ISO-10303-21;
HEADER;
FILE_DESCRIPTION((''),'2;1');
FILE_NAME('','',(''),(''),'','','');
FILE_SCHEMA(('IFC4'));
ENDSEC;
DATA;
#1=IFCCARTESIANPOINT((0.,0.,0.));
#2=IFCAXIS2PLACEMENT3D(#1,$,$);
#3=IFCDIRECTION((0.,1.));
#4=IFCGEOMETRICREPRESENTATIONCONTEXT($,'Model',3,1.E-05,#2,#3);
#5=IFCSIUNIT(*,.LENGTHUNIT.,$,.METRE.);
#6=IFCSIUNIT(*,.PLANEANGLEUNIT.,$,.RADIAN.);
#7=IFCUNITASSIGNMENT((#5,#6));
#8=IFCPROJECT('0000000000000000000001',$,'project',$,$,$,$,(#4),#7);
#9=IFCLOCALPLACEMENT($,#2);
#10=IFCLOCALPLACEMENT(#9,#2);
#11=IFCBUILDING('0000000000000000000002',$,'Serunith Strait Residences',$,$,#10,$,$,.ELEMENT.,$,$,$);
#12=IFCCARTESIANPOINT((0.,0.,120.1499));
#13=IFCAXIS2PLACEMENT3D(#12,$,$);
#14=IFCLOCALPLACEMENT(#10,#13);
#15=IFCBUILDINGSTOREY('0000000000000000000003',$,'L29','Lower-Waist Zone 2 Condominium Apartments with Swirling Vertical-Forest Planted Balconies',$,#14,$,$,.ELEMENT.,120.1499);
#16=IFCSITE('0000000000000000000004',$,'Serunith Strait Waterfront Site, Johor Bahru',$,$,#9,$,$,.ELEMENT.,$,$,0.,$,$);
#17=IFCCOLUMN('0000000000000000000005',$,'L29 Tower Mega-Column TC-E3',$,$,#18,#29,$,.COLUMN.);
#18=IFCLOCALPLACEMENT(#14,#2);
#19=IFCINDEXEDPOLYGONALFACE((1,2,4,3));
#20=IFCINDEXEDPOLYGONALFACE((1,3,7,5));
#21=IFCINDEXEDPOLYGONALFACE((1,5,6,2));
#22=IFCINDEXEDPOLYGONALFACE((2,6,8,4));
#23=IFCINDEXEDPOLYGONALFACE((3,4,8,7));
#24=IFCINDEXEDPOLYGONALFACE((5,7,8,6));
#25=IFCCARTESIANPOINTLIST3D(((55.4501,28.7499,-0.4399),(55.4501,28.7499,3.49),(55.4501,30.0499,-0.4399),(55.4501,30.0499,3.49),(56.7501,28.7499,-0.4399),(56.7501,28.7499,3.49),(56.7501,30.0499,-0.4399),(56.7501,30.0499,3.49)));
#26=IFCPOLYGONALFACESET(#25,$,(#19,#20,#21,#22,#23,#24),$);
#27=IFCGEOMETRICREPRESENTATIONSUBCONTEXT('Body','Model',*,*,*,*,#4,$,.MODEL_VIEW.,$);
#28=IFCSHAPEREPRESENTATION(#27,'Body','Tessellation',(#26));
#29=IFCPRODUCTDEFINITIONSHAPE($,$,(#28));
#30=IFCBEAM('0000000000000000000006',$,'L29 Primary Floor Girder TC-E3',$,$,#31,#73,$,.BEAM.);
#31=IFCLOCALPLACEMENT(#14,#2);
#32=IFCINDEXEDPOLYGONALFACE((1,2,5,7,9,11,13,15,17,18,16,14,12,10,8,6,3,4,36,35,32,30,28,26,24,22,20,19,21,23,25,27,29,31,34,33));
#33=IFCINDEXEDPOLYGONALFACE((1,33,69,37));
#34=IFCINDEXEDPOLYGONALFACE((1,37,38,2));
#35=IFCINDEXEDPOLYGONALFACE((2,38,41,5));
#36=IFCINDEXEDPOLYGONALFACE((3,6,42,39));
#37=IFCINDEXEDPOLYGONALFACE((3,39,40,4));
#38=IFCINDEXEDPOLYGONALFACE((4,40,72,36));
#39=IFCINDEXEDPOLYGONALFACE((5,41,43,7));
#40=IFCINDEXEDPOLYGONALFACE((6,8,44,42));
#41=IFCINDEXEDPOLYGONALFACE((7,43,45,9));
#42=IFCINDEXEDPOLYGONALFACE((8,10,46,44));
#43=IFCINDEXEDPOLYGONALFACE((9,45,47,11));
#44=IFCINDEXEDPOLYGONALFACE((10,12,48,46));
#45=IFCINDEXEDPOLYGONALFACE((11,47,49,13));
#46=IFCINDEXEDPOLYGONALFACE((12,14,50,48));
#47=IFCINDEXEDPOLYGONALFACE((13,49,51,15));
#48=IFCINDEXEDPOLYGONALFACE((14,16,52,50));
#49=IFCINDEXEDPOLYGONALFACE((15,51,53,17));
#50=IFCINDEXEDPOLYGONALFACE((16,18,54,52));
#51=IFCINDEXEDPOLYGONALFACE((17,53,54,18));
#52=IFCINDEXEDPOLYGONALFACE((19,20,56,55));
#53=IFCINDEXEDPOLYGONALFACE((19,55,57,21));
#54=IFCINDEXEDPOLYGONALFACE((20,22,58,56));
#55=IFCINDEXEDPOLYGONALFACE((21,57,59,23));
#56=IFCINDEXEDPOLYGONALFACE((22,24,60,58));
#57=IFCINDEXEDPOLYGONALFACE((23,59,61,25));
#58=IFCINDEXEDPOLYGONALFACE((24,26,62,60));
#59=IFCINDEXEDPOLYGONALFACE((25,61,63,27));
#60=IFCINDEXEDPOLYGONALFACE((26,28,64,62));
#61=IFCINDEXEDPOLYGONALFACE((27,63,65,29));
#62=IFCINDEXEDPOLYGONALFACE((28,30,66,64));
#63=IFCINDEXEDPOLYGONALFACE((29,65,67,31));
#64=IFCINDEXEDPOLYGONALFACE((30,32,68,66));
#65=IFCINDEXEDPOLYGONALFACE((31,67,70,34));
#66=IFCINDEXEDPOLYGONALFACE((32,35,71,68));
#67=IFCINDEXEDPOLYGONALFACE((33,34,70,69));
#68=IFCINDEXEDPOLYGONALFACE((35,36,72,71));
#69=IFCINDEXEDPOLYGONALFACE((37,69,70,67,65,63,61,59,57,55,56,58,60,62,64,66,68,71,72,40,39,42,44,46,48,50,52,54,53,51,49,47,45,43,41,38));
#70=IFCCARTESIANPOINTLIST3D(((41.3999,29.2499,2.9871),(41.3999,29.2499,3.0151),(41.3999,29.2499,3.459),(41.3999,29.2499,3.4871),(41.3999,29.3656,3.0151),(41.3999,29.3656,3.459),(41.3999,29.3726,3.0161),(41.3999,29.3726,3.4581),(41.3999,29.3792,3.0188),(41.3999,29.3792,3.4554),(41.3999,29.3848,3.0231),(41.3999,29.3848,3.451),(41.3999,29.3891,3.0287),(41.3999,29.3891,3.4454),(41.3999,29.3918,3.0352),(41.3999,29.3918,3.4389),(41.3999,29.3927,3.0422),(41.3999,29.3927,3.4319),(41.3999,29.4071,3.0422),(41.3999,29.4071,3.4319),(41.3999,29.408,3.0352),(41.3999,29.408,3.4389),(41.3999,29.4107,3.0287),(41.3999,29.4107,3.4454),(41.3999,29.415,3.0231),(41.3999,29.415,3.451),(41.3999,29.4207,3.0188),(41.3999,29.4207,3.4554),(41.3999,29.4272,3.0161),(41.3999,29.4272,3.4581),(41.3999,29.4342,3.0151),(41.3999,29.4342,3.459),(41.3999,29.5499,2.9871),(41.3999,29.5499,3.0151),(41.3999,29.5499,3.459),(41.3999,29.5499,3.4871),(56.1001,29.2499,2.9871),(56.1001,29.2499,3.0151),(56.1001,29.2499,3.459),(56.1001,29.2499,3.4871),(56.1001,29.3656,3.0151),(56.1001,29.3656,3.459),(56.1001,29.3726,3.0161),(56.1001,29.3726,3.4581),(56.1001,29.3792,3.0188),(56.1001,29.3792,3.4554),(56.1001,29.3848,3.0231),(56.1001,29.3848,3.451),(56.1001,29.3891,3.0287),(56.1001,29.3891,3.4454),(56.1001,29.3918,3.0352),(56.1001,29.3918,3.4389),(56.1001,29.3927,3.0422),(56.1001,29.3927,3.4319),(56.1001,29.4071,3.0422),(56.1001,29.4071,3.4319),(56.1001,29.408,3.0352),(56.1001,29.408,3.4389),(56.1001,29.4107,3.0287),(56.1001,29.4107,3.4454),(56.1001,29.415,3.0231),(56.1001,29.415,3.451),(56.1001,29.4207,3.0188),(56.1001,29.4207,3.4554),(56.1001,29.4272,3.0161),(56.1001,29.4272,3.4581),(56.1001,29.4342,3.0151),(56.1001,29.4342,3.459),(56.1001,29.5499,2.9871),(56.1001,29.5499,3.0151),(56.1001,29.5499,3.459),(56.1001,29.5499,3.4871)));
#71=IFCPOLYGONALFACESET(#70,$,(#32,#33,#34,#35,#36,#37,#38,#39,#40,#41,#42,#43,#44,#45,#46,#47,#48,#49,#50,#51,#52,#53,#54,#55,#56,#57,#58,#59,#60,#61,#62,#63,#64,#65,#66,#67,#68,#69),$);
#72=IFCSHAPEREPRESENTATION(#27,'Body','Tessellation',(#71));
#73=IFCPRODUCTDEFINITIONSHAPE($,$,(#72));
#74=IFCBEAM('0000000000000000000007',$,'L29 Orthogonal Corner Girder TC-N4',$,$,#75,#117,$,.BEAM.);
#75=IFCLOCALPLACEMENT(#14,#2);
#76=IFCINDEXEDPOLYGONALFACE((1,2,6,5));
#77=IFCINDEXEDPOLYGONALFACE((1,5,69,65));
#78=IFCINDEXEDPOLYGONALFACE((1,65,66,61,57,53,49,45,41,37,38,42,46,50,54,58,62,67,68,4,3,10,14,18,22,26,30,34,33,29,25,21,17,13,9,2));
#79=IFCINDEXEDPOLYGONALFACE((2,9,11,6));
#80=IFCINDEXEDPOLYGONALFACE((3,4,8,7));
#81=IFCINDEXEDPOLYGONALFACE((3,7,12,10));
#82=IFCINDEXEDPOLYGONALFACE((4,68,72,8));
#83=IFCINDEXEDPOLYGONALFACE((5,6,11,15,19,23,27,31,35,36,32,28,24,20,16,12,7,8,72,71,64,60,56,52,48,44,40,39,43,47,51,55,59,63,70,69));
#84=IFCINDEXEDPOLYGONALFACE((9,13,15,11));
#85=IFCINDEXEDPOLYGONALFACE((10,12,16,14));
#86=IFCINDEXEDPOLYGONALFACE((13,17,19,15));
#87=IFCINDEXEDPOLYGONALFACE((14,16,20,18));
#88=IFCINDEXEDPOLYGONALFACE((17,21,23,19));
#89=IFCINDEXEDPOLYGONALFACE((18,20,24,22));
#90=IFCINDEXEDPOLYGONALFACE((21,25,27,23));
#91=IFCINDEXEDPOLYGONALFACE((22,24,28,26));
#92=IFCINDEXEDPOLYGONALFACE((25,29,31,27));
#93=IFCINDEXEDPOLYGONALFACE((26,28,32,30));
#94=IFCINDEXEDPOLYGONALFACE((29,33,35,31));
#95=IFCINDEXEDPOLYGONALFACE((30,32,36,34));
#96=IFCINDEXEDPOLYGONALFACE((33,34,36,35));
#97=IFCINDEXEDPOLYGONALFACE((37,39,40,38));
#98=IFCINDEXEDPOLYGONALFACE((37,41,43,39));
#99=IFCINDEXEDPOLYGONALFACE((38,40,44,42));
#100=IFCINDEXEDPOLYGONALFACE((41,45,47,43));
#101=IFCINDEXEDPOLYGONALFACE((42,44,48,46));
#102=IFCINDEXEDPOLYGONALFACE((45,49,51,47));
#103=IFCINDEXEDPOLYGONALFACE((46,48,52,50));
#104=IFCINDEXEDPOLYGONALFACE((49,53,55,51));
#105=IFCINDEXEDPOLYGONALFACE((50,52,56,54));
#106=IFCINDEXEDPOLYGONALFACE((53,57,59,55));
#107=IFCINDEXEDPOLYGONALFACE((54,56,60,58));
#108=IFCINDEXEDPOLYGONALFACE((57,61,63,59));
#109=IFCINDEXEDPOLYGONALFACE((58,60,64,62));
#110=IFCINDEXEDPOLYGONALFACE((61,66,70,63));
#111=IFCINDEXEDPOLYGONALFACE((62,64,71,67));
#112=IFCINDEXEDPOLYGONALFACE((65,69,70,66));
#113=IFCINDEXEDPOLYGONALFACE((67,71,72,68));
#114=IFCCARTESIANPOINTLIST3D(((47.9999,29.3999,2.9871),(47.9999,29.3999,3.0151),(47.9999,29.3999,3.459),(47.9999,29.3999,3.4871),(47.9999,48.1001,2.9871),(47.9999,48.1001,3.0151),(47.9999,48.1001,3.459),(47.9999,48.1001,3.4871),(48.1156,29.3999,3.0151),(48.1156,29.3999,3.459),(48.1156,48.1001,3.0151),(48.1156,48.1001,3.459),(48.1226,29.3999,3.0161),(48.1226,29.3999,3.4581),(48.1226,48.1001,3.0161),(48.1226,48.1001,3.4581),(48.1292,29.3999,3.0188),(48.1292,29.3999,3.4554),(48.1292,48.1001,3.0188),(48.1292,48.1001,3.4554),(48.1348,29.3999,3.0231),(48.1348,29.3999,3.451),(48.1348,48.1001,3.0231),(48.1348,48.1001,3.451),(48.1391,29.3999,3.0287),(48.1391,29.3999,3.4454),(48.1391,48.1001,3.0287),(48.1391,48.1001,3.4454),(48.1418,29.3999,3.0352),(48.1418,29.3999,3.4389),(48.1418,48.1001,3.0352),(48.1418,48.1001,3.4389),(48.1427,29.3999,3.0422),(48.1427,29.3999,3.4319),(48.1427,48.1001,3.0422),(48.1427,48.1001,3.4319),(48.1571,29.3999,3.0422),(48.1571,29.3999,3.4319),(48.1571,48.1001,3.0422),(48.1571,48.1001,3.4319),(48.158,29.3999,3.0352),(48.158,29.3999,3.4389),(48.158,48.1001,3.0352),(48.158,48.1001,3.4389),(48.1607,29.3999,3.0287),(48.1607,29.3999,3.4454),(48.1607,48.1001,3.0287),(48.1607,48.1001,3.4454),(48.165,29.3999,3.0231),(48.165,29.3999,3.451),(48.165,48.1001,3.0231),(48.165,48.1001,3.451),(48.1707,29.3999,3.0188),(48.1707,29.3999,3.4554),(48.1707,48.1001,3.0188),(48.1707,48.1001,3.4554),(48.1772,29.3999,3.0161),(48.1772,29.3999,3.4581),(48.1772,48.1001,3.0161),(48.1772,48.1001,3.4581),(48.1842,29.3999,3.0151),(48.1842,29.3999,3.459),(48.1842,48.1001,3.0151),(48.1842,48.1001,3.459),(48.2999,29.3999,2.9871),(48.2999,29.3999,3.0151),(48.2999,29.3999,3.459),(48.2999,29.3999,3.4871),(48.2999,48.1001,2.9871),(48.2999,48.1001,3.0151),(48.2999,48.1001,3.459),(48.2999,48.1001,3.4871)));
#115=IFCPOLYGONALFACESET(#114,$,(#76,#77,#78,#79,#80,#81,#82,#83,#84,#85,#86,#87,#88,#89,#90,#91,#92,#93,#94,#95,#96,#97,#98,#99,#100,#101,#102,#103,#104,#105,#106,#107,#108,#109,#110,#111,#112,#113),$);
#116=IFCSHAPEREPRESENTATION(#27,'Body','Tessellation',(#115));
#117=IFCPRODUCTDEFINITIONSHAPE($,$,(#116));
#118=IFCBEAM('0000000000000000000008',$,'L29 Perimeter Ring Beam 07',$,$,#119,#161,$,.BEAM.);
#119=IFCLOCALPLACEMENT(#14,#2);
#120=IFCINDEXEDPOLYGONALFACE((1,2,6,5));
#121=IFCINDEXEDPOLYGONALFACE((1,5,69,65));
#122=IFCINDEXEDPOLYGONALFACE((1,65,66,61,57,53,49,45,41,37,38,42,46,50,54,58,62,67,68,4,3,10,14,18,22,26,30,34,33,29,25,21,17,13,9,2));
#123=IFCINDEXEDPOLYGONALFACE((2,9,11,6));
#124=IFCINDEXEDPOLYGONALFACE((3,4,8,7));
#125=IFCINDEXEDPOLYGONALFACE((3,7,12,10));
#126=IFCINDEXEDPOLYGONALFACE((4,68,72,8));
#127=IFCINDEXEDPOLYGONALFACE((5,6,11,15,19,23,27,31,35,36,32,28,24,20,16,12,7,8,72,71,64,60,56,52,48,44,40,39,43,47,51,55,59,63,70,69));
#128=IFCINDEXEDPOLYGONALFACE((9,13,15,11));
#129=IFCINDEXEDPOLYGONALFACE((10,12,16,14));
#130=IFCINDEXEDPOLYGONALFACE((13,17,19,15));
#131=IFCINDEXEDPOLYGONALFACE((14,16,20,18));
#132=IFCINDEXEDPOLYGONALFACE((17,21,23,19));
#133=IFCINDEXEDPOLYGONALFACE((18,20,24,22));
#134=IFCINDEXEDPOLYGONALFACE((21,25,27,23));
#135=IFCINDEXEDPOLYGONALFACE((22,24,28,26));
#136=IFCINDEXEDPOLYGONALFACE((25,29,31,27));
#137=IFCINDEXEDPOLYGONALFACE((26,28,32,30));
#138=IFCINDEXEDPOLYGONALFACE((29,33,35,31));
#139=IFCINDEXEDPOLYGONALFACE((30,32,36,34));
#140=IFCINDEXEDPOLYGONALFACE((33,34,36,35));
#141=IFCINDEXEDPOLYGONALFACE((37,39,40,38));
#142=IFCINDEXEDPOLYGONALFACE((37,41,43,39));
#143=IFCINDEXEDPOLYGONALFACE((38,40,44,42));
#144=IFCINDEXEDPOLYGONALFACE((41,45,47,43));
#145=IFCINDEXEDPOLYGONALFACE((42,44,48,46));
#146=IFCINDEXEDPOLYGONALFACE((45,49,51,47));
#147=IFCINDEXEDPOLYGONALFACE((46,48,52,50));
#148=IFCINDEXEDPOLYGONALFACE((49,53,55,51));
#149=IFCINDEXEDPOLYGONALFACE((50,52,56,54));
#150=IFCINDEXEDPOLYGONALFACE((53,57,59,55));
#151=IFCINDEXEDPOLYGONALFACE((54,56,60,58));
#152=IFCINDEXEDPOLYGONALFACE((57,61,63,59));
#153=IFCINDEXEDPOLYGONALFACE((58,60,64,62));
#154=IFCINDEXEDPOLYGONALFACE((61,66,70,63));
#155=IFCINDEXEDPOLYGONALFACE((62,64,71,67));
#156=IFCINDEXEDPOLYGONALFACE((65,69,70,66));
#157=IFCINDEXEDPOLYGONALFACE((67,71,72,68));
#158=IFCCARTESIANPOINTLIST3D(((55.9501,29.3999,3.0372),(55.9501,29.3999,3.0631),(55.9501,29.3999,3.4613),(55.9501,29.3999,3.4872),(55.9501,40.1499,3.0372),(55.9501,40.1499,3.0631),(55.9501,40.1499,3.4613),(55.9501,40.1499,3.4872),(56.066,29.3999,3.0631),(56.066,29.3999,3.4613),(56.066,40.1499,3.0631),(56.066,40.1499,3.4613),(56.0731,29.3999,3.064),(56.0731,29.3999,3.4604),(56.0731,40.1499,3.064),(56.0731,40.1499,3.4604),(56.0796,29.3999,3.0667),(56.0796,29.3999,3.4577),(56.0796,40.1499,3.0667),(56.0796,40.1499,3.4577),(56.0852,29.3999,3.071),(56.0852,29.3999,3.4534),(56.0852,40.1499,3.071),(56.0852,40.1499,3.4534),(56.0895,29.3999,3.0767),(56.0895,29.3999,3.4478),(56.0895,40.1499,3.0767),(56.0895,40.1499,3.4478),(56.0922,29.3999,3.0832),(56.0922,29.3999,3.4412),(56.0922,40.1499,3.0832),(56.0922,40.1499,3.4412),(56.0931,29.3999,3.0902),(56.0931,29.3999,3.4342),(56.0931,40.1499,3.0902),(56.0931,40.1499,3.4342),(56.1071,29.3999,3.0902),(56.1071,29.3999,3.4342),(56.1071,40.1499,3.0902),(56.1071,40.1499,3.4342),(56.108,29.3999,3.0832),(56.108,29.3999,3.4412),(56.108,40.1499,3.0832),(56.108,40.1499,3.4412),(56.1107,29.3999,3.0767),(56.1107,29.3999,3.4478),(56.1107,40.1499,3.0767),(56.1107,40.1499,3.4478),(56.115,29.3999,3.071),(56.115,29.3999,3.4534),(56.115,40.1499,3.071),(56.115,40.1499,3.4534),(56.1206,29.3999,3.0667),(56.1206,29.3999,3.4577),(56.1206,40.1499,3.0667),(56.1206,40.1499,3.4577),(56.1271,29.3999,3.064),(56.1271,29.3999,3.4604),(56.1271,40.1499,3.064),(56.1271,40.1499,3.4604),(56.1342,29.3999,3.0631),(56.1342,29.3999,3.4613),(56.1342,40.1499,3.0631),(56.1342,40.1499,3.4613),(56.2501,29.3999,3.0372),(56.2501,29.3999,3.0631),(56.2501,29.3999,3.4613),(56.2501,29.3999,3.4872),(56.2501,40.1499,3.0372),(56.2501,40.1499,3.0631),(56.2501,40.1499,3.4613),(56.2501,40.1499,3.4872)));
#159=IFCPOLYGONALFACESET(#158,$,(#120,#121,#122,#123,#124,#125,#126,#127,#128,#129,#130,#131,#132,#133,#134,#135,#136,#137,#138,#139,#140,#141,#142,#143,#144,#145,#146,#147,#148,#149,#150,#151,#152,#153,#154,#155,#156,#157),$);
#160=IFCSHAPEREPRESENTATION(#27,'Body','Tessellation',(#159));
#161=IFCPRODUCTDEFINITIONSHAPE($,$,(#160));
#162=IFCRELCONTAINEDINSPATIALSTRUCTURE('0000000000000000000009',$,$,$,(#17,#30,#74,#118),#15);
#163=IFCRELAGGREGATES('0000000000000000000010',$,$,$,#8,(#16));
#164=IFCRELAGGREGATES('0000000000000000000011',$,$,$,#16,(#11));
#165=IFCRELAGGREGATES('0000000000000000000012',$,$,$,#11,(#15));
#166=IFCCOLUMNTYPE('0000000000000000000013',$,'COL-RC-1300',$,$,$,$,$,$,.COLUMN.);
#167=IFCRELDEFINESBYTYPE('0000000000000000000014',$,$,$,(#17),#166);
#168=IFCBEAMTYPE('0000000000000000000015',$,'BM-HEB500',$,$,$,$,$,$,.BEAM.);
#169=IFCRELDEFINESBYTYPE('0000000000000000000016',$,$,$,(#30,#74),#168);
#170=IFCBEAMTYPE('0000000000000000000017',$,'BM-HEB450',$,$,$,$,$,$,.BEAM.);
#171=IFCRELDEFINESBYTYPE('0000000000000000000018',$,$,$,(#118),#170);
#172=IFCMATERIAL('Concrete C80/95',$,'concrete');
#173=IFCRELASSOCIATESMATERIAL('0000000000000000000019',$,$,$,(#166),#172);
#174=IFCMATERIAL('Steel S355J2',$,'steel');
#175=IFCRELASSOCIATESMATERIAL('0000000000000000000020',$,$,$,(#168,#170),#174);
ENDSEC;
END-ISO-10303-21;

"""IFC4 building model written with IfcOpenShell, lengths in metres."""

from ifc_helpers import new_model, si_unit, direction, frame, origin, origin_2d, place, context, subcontext, project, spatial, rectangle, i_section, extrude, source, transform, mapped, material, material_profile, profile_set, type_object, element, save


model = new_model("IFC4")

# Units and contexts
model_context = context("Model", 3, precision=1e-05, world=origin(), true_north=direction((0.0, 1.0)))
body_context = subcontext(model_context, "Body", "Model", "MODEL_VIEW")
ifc_project = project(units=[si_unit("LENGTHUNIT", "METRE"), si_unit("PLANEANGLEUNIT", "RADIAN")], contexts=[model_context])

# Site, building, storey
site_placement = place(None, origin())
site = spatial("IfcSite", under=ifc_project, at=site_placement, Name="Serunith Strait Waterfront Site, Johor Bahru", CompositionType="ELEMENT", RefElevation=0.0)
building_placement = place(site_placement, origin())
building = spatial("IfcBuilding", under=site, at=building_placement, Name="Serunith Strait Residences", CompositionType="ELEMENT")
storey_placement = place(building_placement, frame((0.0, 0.0, 120.1499)))
storey = spatial("IfcBuildingStorey", under=building, at=storey_placement, Name="L29", Description="Lower-Waist Zone 2 Condominium Apartments with Swirling Vertical-Forest Planted Balconies", CompositionType="ELEMENT", Elevation=120.1499)

# Column
ifc_material_1 = material(Name="Concrete C80/95", Category="concrete")
ifc_material_profile_1 = material_profile(ifc_material_1, rectangle(XDim=1.3, YDim=1.3, at=origin_2d()), Name="RC 1300x1300")
ifc_profile_set_1 = profile_set([ifc_material_profile_1], Name="Concrete C80/95")
column_type = type_object("IfcColumnType", Name="COL-RC-1300", PredefinedType="COLUMN", material=ifc_profile_set_1)
shared_shape_1 = source(origin(), body_context, "Body", "SweptSolid", [
    extrude(rectangle(XDim=1.3, YDim=1.3, at=origin_2d()), origin(), (0.0, 0.0, 1.0), 3.9299),
])
column_placement = place(storey_placement, frame((56.1001, 29.3999, -0.4399), z_axis=(0.0, 0.0, 1.0), x_axis=(1.0, 0.0, 0.0)))
element("IfcColumn", 1, at=column_placement, inside=storey, type_object=column_type, Name="L29 Tower Mega-Column TC-E3", PredefinedType="COLUMN", context=body_context, shape_type="MappedRepresentation", body=[
    mapped(shared_shape_1, transform((0.0, 0.0, 0.0), scale=1.0)),
])

# Beams
ifc_material_2 = material(Name="Steel S355J2", Category="steel")
ifc_material_profile_2 = material_profile(ifc_material_2, i_section(OverallWidth=0.3, OverallDepth=0.5, WebThickness=0.0144, FlangeThickness=0.0281, FilletRadius=0.0271, at=origin_2d()), Name="HEB 500")
ifc_profile_set_2 = profile_set([ifc_material_profile_2], Name="Steel S355J2")
beam_type_1 = type_object("IfcBeamType", Name="BM-HEB500", PredefinedType="BEAM", material=ifc_profile_set_2)
shared_shape_2 = source(origin(), body_context, "Body", "SweptSolid", [
    extrude(i_section(OverallWidth=0.3, OverallDepth=0.5, WebThickness=0.0144, FlangeThickness=0.0281, FilletRadius=0.0271, at=origin_2d()), origin(), (0.0, 0.0, 1.0), 14.7002),
])
beam_1_placement = place(storey_placement, frame((41.3999, 29.3999, 3.2371), z_axis=(1.0, 0.0, 0.0), x_axis=(0.0, 1.0, 0.0)))
element("IfcBeam", 2, at=beam_1_placement, inside=storey, type_object=beam_type_1, Name="L29 Primary Floor Girder TC-E3", PredefinedType="BEAM", context=body_context, shape_type="MappedRepresentation", body=[
    mapped(shared_shape_2, transform((0.0, 0.0, 0.0), scale=1.0)),
])
shared_shape_3 = source(origin(), body_context, "Body", "SweptSolid", [
    extrude(i_section(OverallWidth=0.3, OverallDepth=0.5, WebThickness=0.0144, FlangeThickness=0.0281, FilletRadius=0.0271, at=origin_2d()), origin(), (0.0, 0.0, 1.0), 18.7002),
])
beam_2_placement = place(storey_placement, frame((48.1499, 29.3999, 3.2371), z_axis=(0.0, 1.0, 0.0), x_axis=(-1.0, 0.0, 0.0)))
element("IfcBeam", 3, at=beam_2_placement, inside=storey, type_object=beam_type_1, Name="L29 Orthogonal Corner Girder TC-N4", PredefinedType="BEAM", context=body_context, shape_type="MappedRepresentation", body=[
    mapped(shared_shape_3, transform((0.0, 0.0, 0.0), scale=1.0)),
])
ifc_material_profile_3 = material_profile(ifc_material_2, i_section(OverallWidth=0.3, OverallDepth=0.45, WebThickness=0.0139, FlangeThickness=0.0259, FilletRadius=0.0271, at=origin_2d()), Name="HEB 450")
ifc_profile_set_3 = profile_set([ifc_material_profile_3], Name="Steel S355J2")
beam_type_2 = type_object("IfcBeamType", Name="BM-HEB450", PredefinedType="BEAM", material=ifc_profile_set_3)
shared_shape_4 = source(origin(), body_context, "Body", "SweptSolid", [
    extrude(i_section(OverallWidth=0.3, OverallDepth=0.45, WebThickness=0.0139, FlangeThickness=0.0259, FilletRadius=0.0271, at=origin_2d()), origin(), (0.0, 0.0, 1.0), 10.75),
])
beam_3_placement = place(storey_placement, frame((56.1001, 29.3999, 3.2622), z_axis=(0.0, 1.0, 0.0), x_axis=(-1.0, 0.0, 0.0)))
element("IfcBeam", 4, at=beam_3_placement, inside=storey, type_object=beam_type_2, Name="L29 Perimeter Ring Beam 07", PredefinedType="BEAM", context=body_context, shape_type="MappedRepresentation", body=[
    mapped(shared_shape_4, transform((0.0, 0.0, 0.0), scale=1.0)),
])

save(model, "model.ifc")
